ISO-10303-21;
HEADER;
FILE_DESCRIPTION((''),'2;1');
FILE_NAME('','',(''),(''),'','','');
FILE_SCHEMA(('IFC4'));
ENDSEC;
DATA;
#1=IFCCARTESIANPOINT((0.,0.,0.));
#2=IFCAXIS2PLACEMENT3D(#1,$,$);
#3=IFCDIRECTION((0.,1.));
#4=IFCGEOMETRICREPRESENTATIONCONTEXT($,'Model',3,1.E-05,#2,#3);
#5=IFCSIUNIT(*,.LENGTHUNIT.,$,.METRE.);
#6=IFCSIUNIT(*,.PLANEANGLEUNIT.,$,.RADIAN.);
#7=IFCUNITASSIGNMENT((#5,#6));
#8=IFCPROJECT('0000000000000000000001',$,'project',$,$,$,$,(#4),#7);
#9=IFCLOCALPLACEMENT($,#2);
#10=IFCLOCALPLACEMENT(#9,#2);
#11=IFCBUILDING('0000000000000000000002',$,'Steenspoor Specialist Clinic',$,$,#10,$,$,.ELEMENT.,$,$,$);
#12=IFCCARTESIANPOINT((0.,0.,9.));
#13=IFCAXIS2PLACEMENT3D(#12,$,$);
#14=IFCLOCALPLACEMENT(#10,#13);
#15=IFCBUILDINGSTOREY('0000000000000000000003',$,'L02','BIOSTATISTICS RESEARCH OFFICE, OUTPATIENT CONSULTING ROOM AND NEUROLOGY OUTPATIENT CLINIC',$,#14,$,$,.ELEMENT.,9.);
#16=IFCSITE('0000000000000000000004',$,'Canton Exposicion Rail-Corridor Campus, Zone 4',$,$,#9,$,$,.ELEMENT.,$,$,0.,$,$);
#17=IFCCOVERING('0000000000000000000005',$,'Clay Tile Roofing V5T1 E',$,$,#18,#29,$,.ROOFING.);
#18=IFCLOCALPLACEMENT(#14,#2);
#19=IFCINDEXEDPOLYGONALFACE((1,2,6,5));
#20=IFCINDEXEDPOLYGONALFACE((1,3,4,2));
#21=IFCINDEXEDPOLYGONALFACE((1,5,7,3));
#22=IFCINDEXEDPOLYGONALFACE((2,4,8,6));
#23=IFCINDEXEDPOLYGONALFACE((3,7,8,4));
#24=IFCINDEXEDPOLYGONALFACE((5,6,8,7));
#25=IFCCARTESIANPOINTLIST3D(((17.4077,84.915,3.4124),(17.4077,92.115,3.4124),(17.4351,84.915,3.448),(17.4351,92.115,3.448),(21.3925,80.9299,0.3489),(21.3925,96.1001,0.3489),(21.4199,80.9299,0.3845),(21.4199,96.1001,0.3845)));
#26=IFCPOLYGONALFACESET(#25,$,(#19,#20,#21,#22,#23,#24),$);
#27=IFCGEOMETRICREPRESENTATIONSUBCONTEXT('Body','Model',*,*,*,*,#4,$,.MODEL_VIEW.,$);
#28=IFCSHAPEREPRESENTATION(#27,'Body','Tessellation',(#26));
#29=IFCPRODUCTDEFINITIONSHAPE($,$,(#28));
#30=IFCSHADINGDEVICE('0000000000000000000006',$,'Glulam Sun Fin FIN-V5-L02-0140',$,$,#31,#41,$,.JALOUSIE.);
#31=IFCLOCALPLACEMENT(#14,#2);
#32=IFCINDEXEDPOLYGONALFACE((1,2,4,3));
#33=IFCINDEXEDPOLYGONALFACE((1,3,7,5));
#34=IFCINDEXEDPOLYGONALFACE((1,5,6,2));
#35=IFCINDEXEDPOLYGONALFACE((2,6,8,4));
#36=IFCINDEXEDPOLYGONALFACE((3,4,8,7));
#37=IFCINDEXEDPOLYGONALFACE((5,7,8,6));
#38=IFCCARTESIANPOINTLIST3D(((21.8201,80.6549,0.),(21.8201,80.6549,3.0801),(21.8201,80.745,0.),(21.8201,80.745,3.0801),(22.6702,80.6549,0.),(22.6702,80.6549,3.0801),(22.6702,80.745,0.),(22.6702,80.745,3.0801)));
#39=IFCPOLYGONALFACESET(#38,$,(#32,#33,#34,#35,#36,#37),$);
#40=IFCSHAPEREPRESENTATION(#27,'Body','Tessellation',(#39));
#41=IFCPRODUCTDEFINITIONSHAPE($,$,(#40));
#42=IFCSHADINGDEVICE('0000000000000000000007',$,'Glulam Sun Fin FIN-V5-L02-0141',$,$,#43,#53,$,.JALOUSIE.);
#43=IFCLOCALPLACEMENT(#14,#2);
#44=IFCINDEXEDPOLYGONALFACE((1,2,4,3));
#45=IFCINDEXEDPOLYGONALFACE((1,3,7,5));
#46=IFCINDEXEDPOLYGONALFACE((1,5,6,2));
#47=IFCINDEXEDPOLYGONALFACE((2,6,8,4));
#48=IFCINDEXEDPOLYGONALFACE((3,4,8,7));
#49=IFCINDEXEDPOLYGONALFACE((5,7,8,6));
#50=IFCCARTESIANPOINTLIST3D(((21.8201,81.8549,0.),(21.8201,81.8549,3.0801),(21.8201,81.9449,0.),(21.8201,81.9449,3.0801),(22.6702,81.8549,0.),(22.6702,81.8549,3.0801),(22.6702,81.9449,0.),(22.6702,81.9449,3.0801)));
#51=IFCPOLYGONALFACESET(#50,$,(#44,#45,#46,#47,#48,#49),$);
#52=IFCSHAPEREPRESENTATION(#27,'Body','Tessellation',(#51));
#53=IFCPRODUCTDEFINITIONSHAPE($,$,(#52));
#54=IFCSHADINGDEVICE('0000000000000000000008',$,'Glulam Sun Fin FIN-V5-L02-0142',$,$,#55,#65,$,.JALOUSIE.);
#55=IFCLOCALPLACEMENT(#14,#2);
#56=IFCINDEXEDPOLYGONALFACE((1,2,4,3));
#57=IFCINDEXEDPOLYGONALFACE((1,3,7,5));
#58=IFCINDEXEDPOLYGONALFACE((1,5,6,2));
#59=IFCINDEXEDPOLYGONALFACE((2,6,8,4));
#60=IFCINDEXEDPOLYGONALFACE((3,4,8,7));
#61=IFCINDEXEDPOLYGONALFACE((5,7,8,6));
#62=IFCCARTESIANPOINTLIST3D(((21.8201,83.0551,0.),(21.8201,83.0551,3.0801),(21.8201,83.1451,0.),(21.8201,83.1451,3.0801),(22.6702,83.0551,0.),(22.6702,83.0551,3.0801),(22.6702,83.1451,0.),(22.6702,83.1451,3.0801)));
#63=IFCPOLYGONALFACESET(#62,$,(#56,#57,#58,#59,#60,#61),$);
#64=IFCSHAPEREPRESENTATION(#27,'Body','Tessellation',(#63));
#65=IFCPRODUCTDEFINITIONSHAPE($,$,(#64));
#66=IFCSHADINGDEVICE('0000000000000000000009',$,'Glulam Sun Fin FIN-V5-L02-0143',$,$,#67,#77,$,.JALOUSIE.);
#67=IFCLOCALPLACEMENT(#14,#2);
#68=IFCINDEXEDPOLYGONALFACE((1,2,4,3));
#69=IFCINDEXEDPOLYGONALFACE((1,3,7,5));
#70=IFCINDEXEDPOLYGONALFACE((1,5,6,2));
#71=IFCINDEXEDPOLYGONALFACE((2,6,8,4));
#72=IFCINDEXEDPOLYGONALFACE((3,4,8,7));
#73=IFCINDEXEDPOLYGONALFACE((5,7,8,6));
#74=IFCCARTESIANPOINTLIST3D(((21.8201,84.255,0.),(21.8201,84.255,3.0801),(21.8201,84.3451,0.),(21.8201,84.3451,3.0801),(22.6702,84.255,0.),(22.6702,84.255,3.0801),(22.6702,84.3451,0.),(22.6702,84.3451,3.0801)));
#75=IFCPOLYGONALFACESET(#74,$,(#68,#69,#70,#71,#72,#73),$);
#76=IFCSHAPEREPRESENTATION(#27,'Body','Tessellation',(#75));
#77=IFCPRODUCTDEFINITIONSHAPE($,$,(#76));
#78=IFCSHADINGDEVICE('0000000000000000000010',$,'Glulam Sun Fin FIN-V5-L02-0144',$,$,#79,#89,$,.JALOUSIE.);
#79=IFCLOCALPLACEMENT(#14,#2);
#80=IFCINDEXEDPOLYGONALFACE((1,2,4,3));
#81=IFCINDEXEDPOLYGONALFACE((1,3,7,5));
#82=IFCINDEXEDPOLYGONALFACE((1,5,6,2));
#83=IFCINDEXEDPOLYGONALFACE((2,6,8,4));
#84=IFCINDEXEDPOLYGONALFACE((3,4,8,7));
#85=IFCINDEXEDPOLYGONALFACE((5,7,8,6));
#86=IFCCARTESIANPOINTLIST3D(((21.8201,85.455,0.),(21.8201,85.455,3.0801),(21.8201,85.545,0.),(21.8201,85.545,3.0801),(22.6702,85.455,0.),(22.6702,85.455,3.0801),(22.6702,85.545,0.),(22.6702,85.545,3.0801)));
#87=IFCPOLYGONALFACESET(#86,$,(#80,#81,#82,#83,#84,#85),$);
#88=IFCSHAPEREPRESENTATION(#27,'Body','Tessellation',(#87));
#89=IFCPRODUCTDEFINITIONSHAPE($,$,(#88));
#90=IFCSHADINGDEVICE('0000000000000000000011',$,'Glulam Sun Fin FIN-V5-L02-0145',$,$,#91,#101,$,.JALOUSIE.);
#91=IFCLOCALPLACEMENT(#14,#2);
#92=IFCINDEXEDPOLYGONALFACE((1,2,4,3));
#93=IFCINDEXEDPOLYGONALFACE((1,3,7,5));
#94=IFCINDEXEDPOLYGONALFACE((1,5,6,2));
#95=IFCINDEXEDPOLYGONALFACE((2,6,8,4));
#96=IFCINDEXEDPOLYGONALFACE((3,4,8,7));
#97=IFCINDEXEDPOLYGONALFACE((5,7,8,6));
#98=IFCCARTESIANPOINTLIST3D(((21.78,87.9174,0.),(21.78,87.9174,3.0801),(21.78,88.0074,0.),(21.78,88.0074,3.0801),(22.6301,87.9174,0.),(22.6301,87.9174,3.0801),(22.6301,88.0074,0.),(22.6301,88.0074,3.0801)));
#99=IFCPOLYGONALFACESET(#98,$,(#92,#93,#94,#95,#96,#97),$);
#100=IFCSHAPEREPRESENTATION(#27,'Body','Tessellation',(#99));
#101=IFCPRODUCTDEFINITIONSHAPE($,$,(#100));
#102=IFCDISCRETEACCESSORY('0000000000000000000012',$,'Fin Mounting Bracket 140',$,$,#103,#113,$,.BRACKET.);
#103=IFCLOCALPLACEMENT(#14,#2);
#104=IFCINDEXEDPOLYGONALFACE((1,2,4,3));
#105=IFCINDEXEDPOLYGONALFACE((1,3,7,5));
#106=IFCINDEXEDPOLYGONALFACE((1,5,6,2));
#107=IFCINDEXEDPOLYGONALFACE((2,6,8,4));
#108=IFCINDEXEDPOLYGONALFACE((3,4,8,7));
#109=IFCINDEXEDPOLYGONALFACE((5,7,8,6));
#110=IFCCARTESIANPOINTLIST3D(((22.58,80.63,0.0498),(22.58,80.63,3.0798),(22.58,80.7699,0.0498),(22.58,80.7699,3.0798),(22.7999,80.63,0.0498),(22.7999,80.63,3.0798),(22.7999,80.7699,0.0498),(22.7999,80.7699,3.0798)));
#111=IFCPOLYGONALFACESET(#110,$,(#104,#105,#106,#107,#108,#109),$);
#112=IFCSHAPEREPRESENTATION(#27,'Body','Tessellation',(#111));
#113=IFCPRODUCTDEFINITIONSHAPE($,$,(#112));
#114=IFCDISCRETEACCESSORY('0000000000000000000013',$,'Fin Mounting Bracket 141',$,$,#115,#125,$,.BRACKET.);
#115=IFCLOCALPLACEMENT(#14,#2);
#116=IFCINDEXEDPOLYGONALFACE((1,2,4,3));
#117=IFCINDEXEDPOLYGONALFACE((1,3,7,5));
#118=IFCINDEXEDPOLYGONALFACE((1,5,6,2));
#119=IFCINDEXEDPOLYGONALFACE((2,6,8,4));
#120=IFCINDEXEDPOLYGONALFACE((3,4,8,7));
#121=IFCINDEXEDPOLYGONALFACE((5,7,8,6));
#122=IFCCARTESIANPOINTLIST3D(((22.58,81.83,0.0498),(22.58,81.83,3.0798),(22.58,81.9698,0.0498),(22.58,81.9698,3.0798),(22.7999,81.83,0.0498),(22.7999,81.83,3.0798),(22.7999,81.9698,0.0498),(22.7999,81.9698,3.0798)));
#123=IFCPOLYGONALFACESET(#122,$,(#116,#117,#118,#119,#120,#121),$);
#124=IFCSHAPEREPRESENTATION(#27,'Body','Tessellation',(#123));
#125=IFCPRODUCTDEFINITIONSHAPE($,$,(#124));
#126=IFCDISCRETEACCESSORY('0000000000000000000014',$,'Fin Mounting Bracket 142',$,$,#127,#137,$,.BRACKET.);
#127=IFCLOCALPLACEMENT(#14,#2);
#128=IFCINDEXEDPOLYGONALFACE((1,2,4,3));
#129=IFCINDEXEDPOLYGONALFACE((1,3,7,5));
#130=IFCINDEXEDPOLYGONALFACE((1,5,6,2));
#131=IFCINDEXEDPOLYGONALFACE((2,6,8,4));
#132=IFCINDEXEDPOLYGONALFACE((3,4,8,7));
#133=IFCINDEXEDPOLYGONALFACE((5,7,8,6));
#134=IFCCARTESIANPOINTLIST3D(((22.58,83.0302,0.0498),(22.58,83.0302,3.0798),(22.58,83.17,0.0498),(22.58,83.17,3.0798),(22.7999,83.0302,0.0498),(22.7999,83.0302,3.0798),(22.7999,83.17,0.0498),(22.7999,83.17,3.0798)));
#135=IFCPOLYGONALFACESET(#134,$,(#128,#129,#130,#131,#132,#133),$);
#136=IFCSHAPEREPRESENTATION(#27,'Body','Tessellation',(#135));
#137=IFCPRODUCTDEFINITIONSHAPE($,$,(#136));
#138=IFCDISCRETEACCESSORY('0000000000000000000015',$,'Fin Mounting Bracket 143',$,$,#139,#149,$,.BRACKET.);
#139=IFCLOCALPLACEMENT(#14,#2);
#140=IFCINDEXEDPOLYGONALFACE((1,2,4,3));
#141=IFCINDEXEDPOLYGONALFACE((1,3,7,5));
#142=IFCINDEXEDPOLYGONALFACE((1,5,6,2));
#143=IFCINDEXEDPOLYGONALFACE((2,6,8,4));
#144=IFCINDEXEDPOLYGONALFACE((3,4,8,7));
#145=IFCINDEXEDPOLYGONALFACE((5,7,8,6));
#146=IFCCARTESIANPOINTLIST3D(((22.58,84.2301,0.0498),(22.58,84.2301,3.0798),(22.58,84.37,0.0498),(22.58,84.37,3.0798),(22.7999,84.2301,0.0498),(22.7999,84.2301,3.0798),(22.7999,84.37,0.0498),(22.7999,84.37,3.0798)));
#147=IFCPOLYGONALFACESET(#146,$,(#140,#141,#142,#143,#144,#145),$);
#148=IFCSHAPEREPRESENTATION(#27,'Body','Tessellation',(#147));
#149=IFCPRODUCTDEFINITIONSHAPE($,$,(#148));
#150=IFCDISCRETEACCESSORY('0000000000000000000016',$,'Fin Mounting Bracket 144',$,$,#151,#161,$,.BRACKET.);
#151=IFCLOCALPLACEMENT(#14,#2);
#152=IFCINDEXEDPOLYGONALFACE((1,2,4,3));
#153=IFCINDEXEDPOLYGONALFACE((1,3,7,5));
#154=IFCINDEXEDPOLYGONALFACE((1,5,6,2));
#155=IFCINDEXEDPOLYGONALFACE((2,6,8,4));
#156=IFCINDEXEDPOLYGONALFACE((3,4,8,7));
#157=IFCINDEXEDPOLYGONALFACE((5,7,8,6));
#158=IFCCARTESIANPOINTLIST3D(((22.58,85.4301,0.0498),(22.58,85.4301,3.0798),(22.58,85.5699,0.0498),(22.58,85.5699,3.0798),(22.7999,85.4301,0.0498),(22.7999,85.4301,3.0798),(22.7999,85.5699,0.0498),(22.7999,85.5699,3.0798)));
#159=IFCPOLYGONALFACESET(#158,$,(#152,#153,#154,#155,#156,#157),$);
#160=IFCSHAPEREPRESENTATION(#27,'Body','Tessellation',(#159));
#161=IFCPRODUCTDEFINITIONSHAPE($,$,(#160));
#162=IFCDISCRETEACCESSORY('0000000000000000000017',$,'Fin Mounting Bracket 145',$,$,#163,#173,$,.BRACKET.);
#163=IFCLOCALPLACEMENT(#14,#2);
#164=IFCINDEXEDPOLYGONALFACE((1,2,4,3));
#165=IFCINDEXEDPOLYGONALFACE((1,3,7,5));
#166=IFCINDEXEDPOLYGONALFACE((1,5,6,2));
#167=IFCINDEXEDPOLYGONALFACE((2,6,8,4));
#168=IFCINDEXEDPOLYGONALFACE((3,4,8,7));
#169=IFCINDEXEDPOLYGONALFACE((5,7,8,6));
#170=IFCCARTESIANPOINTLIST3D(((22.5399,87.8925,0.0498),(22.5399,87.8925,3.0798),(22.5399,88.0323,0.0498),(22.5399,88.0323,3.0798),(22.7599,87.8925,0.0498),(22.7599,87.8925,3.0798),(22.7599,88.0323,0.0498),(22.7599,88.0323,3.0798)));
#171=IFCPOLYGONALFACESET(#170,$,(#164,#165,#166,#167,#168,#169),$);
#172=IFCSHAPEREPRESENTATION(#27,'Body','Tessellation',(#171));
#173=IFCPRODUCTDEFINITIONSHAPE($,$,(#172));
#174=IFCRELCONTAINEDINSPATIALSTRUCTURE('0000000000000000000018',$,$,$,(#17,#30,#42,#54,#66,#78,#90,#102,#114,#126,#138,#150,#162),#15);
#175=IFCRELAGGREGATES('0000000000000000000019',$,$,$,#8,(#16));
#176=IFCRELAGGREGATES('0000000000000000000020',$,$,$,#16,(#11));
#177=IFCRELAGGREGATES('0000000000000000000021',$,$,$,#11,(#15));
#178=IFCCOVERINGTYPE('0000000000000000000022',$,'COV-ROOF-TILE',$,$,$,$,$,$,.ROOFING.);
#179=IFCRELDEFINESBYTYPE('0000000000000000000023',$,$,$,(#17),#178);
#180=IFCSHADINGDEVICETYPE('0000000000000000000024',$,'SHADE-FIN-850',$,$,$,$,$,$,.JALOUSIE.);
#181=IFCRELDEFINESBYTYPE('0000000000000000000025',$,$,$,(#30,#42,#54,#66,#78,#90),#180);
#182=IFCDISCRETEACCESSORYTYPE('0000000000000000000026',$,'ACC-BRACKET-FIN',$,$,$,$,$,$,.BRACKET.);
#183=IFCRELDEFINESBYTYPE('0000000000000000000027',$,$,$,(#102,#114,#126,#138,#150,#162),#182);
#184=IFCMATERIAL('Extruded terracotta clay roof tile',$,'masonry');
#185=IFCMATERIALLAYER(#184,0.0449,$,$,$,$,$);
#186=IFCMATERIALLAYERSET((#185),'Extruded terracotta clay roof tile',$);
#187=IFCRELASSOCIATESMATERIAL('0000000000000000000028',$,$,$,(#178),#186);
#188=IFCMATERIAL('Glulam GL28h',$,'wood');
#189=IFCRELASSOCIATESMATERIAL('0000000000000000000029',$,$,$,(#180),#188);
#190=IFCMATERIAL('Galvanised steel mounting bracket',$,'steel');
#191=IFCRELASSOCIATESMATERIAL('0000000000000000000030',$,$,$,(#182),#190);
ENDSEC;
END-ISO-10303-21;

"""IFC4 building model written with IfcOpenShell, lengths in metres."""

from ifc_helpers import new_model, si_unit, direction, frame, origin, origin_2d, place, context, subcontext, project, spatial, polyline, rectangle, outline, extrude, material, layer, layer_set, material_profile, profile_set, type_object, element, save


model = new_model("IFC4")

# Units and contexts
model_context = context("Model", 3, precision=1e-05, world=origin(), true_north=direction((0.0, 1.0)))
body_context = subcontext(model_context, "Body", "Model", "MODEL_VIEW")
ifc_project = project(units=[si_unit("LENGTHUNIT", "METRE"), si_unit("PLANEANGLEUNIT", "RADIAN")], contexts=[model_context])

# Site, building, storey
site_placement = place(None, origin())
site = spatial("IfcSite", under=ifc_project, at=site_placement, Name="Canton Exposicion Rail-Corridor Campus, Zone 4", CompositionType="ELEMENT", RefElevation=0.0)
building_placement = place(site_placement, origin())
building = spatial("IfcBuilding", under=site, at=building_placement, Name="Steenspoor Specialist Clinic", CompositionType="ELEMENT")
storey_placement = place(building_placement, frame((0.0, 0.0, 9.0)))
storey = spatial("IfcBuildingStorey", under=building, at=storey_placement, Name="L02", Description="BIOSTATISTICS RESEARCH OFFICE, OUTPATIENT CONSULTING ROOM AND NEUROLOGY OUTPATIENT CLINIC", CompositionType="ELEMENT", Elevation=9.0)

# Shared definitions
ifc_material_1 = material(Name="Glulam GL28h", Category="wood")

# Shared definitions
ifc_material_2 = material(Name="Extruded terracotta clay roof tile", Category="masonry")

# Covering
ifc_layer_1 = layer(ifc_material_2, 0.0449)
ifc_layer_set_1 = layer_set([ifc_layer_1], Name="Extruded terracotta clay roof tile")
covering_type = type_object("IfcCoveringType", Name="COV-ROOF-TILE", PredefinedType="ROOFING", material=ifc_layer_set_1)
covering_1_placement = place(storey_placement, frame((21.4199, 80.9299, 0.3845), z_axis=(0.609485, 0.0, 0.792797), x_axis=(0.0, 1.0, 0.0)))
element("IfcCovering", 1, at=covering_1_placement, inside=storey, type_object=covering_type, Name="Clay Tile Roofing V5T1 E", PredefinedType="ROOFING", context=body_context, shape_type="SweptSolid", body=[
    extrude(outline(polyline([(0.0, 0.0), (15.1702, 0.0), (11.1851, 5.0263), (3.9851, 5.0263), (0.0, 0.0)])), origin(), (0.0, 0.0, -1.0), 0.0449),
])

# Shading devices
ifc_material_profile_1 = material_profile(ifc_material_1, rectangle(XDim=0.0901, YDim=0.8501, at=origin_2d()), Name="GL28H-90X850")
ifc_profile_set_1 = profile_set([ifc_material_profile_1], Name="Glulam GL28h")
shading_device_type = type_object("IfcShadingDeviceType", Name="SHADE-FIN-850", PredefinedType="JALOUSIE", material=ifc_profile_set_1)
for number, where, z_axis, x_axis, name in (
    (2, (22.2451, 80.7, 0.0), (0.0, 0.0, 1.0), (0.0, 1.0, 0.0), "Glulam Sun Fin FIN-V5-L02-0140"),
    (3, (22.2451, 81.8999, 0.0), (0.0, 0.0, 1.0), (0.0, 1.0, 0.0), "Glulam Sun Fin FIN-V5-L02-0141"),
    (4, (22.2451, 83.1001, 0.0), (0.0, 0.0, 1.0), (0.0, 1.0, 0.0), "Glulam Sun Fin FIN-V5-L02-0142"),
    (5, (22.2451, 84.3, 0.0), (0.0, 0.0, 1.0), (0.0, 1.0, 0.0), "Glulam Sun Fin FIN-V5-L02-0143"),
    (6, (22.2451, 85.5, 0.0), (0.0, 0.0, 1.0), (0.0, 1.0, 0.0), "Glulam Sun Fin FIN-V5-L02-0144"),
    (7, (22.2051, 87.9624, 0.0), (0.0, 0.0, 1.0), (0.0, 1.0, 0.0), "Glulam Sun Fin FIN-V5-L02-0145"),
):
    element("IfcShadingDevice", number, at=place(storey_placement, frame(where, z_axis=z_axis, x_axis=x_axis)), inside=storey, type_object=shading_device_type, Name=name, PredefinedType="JALOUSIE", context=body_context, shape_type="SweptSolid", body=[
        extrude(rectangle(XDim=0.0901, YDim=0.8501, at=origin_2d()), origin(), (0.0, 0.0, 1.0), 3.0801),
    ])

# Discrete accessories
ifc_material_3 = material(Name="Galvanised steel mounting bracket", Category="steel")
discrete_accessory_type = type_object("IfcDiscreteAccessoryType", Name="ACC-BRACKET-FIN", PredefinedType="BRACKET", material=ifc_material_3)
for number, where, z_axis, x_axis, name in (
    (8, (22.6899, 80.7, 0.0498), (0.0, 0.0, 1.0), (-1.0, 0.0, 0.0), "Fin Mounting Bracket 140"),
    (9, (22.6899, 81.8999, 0.0498), (0.0, 0.0, 1.0), (-1.0, 0.0, 0.0), "Fin Mounting Bracket 141"),
    (10, (22.6899, 83.1001, 0.0498), (0.0, 0.0, 1.0), (-1.0, 0.0, 0.0), "Fin Mounting Bracket 142"),
    (11, (22.6899, 84.3, 0.0498), (0.0, 0.0, 1.0), (-1.0, 0.0, 0.0), "Fin Mounting Bracket 143"),
    (12, (22.6899, 85.5, 0.0498), (0.0, 0.0, 1.0), (-1.0, 0.0, 0.0), "Fin Mounting Bracket 144"),
    (13, (22.6499, 87.9624, 0.0498), (0.0, 0.0, 1.0), (-1.0, 0.0, 0.0), "Fin Mounting Bracket 145"),
):
    element("IfcDiscreteAccessory", number, at=place(storey_placement, frame(where, z_axis=z_axis, x_axis=x_axis)), inside=storey, type_object=discrete_accessory_type, Name=name, PredefinedType="BRACKET", context=body_context, shape_type="SweptSolid", body=[
        extrude(rectangle(XDim=0.22, YDim=0.1399, at=origin_2d()), origin(), (0.0, 0.0, 1.0), 3.03),
    ])

save(model, "model.ifc")
